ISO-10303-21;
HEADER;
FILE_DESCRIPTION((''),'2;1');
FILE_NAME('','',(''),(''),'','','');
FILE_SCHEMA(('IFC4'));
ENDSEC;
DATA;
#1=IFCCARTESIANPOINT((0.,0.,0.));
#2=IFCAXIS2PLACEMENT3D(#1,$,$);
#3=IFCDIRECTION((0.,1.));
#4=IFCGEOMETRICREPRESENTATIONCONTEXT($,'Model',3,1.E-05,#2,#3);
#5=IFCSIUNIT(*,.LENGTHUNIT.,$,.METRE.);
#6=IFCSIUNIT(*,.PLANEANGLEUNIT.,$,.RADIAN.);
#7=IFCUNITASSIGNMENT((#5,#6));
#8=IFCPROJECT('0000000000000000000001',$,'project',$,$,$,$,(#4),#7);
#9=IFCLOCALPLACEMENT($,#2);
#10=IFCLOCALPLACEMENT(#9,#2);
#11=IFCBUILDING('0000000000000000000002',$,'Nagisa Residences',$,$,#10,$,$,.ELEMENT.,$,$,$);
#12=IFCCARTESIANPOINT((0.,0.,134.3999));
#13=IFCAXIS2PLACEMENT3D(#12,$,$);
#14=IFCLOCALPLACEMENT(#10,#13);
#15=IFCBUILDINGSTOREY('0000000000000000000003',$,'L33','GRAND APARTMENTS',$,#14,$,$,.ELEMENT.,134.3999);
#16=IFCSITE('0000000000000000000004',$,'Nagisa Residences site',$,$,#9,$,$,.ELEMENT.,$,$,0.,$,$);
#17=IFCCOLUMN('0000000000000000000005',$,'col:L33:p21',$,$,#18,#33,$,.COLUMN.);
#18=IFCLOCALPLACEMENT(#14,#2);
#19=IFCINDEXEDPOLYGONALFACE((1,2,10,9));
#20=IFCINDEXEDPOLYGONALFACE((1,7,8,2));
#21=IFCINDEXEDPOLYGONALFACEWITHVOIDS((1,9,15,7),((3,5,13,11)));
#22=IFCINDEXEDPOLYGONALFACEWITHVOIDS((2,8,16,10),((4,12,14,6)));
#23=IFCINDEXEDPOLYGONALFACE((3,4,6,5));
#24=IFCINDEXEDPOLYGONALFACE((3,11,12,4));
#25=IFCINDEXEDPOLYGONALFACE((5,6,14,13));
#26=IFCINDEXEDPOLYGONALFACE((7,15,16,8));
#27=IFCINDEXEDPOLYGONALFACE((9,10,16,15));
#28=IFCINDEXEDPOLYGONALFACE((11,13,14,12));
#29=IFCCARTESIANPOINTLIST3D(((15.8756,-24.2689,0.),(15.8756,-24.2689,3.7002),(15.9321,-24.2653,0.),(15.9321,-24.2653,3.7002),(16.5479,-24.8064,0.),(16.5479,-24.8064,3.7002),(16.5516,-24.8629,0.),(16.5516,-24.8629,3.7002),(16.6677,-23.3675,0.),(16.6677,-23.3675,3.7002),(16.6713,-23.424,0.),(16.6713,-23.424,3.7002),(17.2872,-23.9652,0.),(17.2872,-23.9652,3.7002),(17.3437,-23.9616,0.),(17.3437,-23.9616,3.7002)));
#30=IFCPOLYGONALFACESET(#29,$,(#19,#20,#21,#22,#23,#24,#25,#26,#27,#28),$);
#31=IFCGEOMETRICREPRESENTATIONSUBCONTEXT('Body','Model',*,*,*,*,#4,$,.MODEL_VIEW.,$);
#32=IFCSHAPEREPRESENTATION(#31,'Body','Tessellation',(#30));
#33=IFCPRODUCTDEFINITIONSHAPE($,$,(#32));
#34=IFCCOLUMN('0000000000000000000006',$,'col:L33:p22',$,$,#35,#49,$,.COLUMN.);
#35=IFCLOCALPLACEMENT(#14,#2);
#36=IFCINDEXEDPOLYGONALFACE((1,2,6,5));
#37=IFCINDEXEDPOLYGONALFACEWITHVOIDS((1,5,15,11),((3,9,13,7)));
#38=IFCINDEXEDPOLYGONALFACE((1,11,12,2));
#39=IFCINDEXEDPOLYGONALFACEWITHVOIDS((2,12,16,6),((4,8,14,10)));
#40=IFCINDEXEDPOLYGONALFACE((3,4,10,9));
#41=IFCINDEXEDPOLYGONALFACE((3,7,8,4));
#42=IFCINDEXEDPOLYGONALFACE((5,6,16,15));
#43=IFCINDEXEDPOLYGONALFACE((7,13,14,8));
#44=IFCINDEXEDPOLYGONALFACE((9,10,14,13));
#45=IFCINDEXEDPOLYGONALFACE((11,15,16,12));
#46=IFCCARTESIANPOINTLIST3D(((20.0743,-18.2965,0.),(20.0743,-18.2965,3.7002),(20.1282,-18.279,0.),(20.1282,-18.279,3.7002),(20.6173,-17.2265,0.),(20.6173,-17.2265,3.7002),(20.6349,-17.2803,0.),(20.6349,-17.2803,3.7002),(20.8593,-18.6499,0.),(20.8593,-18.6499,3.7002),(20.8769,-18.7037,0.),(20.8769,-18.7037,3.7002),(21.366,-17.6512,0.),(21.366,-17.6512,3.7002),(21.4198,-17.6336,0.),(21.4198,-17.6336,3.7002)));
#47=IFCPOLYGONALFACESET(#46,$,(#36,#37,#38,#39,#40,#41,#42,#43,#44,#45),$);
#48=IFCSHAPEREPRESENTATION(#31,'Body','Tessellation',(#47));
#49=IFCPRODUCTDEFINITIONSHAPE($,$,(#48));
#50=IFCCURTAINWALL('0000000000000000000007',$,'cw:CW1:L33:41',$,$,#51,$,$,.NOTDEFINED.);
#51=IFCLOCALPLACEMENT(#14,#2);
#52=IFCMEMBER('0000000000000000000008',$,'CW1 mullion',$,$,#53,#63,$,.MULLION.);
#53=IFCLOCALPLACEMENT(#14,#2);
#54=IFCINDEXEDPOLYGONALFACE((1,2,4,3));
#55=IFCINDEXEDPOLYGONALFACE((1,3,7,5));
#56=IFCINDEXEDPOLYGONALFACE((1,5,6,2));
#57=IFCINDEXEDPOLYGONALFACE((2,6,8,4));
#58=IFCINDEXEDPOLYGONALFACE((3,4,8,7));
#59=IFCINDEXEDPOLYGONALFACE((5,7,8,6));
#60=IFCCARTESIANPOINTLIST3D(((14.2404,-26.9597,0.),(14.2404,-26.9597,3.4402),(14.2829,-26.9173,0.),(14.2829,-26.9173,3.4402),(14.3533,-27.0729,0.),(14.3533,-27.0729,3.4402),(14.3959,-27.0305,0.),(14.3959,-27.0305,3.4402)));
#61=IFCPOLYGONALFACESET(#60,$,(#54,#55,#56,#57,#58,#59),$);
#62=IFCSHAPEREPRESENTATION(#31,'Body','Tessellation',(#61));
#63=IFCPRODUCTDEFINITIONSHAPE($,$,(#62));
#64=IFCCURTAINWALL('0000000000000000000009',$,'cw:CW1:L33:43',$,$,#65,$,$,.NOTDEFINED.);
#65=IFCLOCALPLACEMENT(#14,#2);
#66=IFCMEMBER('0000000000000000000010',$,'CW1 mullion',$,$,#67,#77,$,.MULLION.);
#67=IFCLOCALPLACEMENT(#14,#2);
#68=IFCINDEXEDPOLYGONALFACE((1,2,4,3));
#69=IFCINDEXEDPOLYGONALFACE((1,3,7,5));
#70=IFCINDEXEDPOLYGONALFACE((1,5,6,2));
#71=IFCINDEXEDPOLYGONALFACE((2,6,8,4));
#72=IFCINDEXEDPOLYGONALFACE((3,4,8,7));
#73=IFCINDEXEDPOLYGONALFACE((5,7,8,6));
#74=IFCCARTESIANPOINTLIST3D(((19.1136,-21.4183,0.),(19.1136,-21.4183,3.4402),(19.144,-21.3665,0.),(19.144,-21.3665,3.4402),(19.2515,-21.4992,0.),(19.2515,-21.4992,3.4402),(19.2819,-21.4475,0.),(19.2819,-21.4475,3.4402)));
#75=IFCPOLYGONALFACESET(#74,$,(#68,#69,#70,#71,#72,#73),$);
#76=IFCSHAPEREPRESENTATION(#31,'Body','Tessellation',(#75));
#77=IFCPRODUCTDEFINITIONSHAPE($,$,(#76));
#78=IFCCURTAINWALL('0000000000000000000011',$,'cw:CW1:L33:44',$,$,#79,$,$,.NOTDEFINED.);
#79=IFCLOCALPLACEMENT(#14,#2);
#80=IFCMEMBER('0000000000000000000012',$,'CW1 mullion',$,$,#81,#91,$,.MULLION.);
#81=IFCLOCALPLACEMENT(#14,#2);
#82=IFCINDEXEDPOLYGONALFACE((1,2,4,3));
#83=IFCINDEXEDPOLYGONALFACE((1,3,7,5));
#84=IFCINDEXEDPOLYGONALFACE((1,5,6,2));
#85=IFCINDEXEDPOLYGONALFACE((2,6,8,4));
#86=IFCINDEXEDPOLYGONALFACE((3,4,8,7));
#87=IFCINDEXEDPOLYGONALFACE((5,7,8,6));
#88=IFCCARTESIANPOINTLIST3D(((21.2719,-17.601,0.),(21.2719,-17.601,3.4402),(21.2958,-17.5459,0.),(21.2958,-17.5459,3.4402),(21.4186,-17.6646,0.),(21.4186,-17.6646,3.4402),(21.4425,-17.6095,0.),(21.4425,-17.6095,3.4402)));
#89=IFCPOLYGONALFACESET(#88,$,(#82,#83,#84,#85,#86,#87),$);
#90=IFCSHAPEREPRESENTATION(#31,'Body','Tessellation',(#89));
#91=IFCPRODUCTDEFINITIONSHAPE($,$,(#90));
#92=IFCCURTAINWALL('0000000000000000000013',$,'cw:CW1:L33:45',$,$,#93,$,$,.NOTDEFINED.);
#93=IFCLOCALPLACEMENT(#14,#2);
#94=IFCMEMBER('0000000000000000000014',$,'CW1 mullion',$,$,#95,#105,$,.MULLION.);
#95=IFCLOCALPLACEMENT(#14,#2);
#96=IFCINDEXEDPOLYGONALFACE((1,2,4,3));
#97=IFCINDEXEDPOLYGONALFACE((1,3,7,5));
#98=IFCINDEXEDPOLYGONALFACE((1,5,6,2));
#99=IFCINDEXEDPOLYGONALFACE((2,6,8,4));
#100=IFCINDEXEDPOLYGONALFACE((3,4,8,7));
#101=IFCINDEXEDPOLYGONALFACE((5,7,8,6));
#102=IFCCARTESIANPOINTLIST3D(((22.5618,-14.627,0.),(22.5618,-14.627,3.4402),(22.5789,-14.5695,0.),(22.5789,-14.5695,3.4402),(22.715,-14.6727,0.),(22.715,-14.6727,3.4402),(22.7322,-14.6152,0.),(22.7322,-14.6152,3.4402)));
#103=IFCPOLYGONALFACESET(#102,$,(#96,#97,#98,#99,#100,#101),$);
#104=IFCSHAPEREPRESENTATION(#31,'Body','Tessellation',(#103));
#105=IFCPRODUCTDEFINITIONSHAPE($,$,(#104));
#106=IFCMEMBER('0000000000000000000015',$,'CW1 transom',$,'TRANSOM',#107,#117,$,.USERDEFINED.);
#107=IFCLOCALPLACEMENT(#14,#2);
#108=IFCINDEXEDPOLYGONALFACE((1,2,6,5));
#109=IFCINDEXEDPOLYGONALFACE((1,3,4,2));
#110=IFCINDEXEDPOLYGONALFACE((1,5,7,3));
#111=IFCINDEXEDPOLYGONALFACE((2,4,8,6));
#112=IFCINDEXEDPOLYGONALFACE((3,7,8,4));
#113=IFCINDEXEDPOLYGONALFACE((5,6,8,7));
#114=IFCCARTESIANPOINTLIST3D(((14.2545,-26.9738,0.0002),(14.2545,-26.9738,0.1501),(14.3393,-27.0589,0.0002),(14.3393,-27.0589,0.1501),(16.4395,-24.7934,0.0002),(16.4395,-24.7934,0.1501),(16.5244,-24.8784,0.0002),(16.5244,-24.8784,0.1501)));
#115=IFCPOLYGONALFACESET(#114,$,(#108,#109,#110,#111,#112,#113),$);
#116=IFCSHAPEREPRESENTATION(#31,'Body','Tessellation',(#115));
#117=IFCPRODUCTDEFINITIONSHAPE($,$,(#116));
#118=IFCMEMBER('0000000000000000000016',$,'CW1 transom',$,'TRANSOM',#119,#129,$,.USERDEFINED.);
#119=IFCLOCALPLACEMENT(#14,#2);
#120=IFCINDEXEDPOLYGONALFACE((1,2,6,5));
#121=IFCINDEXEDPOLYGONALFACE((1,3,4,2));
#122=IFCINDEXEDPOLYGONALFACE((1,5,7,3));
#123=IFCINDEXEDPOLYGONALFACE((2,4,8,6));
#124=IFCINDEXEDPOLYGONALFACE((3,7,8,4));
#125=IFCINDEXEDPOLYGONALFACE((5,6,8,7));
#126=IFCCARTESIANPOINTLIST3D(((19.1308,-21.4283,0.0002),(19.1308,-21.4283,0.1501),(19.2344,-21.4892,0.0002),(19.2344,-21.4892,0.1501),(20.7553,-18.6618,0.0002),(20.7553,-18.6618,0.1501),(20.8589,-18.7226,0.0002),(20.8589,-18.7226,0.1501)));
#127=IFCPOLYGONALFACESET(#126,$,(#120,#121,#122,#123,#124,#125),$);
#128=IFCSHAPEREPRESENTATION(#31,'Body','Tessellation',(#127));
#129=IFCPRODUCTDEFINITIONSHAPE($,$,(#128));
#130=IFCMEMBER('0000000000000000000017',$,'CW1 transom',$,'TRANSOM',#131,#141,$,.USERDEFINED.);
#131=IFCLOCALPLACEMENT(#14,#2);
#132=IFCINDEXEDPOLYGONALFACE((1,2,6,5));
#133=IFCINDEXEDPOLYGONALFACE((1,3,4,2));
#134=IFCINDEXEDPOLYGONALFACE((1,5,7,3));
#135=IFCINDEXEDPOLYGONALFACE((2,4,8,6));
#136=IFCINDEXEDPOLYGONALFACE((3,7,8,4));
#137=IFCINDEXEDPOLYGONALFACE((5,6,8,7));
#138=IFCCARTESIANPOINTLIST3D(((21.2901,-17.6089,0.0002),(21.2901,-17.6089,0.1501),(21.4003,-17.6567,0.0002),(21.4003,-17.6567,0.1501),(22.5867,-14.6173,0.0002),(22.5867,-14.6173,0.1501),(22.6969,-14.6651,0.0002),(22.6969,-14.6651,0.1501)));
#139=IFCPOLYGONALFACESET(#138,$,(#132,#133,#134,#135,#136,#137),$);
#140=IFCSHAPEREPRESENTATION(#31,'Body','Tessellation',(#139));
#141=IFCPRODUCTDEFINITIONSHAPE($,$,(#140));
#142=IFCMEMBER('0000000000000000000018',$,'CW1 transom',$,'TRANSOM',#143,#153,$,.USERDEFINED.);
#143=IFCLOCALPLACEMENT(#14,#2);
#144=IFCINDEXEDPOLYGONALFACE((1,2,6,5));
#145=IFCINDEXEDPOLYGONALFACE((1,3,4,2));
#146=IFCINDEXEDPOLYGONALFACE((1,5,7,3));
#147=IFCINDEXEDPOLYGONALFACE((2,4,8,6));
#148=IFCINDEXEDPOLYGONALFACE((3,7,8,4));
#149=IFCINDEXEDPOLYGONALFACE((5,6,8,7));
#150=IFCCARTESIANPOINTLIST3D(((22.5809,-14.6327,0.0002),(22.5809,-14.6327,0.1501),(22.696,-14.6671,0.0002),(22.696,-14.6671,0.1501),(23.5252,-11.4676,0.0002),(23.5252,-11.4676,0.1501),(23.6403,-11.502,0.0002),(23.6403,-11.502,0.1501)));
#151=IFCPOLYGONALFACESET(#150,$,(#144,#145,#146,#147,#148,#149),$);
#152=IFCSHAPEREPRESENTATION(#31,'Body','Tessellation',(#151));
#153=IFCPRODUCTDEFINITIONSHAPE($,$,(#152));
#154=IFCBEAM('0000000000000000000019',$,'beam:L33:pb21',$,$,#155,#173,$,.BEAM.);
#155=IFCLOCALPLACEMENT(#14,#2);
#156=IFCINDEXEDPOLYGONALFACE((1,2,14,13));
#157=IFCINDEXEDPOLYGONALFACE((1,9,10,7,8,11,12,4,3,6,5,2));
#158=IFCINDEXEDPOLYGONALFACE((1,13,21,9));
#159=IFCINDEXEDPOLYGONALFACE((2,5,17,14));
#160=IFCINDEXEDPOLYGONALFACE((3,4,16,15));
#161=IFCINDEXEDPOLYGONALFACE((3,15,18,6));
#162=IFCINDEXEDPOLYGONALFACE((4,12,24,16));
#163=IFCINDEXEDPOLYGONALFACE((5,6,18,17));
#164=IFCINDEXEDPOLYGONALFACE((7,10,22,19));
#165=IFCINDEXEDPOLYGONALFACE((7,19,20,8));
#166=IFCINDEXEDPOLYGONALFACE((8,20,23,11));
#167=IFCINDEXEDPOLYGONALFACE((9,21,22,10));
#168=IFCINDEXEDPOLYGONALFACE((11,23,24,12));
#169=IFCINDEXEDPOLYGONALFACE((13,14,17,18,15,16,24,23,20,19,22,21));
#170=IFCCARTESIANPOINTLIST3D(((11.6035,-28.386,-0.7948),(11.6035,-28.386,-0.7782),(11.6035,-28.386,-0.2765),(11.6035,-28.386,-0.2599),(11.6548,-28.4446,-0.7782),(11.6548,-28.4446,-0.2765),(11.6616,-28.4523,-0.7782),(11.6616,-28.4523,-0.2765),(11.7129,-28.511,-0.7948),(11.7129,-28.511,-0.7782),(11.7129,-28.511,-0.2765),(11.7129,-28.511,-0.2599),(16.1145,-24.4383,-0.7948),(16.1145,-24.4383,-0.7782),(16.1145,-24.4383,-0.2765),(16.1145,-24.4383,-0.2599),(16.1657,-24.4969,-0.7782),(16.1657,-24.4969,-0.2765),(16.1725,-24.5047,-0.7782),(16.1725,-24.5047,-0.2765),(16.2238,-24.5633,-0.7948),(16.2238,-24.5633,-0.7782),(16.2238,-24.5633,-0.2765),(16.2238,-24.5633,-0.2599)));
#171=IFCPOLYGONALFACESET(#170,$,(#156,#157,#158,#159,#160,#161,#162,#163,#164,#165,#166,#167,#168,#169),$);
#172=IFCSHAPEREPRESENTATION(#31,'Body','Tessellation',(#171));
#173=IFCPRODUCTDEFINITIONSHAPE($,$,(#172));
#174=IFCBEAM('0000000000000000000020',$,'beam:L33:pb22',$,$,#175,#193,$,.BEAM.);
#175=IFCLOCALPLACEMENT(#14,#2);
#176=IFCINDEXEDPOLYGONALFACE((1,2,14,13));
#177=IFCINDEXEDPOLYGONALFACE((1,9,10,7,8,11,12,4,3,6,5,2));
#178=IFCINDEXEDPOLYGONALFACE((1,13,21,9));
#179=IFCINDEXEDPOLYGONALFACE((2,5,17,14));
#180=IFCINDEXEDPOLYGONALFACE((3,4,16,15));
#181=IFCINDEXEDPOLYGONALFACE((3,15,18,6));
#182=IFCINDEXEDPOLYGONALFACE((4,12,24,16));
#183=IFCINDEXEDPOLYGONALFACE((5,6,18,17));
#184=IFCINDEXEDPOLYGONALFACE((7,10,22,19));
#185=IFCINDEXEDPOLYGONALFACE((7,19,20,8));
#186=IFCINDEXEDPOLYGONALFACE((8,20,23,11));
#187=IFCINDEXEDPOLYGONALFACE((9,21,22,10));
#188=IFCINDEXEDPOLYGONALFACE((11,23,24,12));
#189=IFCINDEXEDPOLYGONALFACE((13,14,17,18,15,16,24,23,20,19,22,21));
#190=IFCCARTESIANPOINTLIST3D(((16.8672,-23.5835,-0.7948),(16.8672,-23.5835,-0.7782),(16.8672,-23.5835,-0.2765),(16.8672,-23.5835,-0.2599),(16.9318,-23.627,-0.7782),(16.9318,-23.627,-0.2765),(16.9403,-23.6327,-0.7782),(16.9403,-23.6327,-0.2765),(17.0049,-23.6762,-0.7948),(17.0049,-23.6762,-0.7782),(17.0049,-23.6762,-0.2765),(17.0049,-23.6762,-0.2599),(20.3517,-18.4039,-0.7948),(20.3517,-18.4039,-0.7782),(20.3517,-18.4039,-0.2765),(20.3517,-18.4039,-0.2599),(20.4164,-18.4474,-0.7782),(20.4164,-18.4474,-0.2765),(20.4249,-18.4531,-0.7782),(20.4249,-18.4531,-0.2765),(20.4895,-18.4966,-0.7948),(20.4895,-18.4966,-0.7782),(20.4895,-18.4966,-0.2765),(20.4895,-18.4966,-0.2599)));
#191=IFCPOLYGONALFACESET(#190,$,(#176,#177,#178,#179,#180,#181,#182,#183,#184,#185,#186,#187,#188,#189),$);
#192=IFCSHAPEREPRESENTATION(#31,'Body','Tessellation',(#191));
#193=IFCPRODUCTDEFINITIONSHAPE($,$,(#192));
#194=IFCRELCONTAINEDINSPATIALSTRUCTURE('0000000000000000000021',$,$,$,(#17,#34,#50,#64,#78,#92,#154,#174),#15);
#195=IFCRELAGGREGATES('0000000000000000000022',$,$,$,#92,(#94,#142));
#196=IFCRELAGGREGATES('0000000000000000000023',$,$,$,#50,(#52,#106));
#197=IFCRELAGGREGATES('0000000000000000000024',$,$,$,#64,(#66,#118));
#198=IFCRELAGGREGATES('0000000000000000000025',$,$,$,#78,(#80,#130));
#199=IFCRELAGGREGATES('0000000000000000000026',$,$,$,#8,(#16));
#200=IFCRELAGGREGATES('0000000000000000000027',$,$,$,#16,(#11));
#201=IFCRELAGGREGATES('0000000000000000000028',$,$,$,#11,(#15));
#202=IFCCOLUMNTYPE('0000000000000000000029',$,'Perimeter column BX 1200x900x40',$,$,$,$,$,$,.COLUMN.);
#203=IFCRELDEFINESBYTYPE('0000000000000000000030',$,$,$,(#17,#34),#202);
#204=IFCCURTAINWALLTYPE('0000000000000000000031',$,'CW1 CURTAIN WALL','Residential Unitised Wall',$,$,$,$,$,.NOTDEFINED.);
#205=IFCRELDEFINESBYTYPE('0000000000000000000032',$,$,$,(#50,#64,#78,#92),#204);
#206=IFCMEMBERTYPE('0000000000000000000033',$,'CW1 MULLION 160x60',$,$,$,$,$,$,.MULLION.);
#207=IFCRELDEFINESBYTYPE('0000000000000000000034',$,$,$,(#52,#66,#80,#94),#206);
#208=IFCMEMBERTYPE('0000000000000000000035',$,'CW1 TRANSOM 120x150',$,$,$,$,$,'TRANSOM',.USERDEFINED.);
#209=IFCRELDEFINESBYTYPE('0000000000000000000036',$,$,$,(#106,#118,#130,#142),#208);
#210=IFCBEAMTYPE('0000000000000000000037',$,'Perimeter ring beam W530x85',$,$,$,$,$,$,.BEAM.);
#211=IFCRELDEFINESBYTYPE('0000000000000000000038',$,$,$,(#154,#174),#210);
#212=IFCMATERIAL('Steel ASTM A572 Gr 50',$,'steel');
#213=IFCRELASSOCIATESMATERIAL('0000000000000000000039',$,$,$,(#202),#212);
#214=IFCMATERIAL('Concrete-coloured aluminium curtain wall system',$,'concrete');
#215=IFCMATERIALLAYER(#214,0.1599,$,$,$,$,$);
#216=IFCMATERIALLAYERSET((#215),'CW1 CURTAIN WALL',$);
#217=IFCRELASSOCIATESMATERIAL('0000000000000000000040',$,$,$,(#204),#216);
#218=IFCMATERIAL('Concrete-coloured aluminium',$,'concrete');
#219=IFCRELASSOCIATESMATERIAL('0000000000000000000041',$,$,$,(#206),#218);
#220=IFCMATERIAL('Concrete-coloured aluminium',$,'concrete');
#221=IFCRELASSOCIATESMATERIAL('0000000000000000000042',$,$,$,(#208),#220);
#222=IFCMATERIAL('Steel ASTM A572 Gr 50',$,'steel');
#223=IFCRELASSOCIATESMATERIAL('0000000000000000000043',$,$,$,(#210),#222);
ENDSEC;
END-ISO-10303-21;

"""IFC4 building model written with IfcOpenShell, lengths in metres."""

from ifc_helpers import new_model, si_unit, direction, frame, origin, origin_2d, place, context, subcontext, project, spatial, rectangle, hollow_rectangle, i_section, extrude, material, layer, layer_set, material_profile, profile_set, type_object, element, aggregate, save


model = new_model("IFC4")

# Units and contexts
model_context = context("Model", 3, precision=1e-05, world=origin(), true_north=direction((0.0, 1.0)))
body_context = subcontext(model_context, "Body", "Model", "MODEL_VIEW")
ifc_project = project(units=[si_unit("LENGTHUNIT", "METRE"), si_unit("PLANEANGLEUNIT", "RADIAN")], contexts=[model_context])

# Site, building, storey
site_placement = place(None, origin())
site = spatial("IfcSite", under=ifc_project, at=site_placement, Name="Nagisa Residences site", CompositionType="ELEMENT", RefElevation=0.0)
building_placement = place(site_placement, origin())
building = spatial("IfcBuilding", under=site, at=building_placement, Name="Nagisa Residences", CompositionType="ELEMENT")
storey_placement = place(building_placement, frame((0.0, 0.0, 134.3999)))
storey = spatial("IfcBuildingStorey", under=building, at=storey_placement, Name="L33", Description="GRAND APARTMENTS", CompositionType="ELEMENT", Elevation=134.3999)

# Columns
ifc_material_1 = material(Name="Steel ASTM A572 Gr 50", Category="steel")
ifc_material_profile_1 = material_profile(ifc_material_1, hollow_rectangle(XDim=1.2, YDim=0.8999, WallThickness=0.04, at=origin_2d()), Name="BX 1200x900x40")
ifc_profile_set_1 = profile_set([ifc_material_profile_1], Name="Steel ASTM A572 Gr 50")
column_type = type_object("IfcColumnType", Name="Perimeter column BX 1200x900x40", PredefinedType="COLUMN", material=ifc_profile_set_1)
for number, where, z_axis, x_axis, name in (
    (1, (16.6096, -24.1152, 0.0), (0.0, 0.0, 1.0), (0.660115, 0.751165, 0.0), "col:L33:p21"),
    (2, (20.7471, -17.9651, 0.0), (0.0, 0.0, 1.0), (0.452463, 0.891783, 0.0), "col:L33:p22"),
):
    element("IfcColumn", number, at=place(storey_placement, frame(where, z_axis=z_axis, x_axis=x_axis)), inside=storey, type_object=column_type, Name=name, PredefinedType="COLUMN", context=body_context, shape_type="SweptSolid", body=[
        extrude(hollow_rectangle(XDim=1.2, YDim=0.8999, WallThickness=0.04, at=origin_2d()), origin(), (0.0, 0.0, 1.0), 3.7002),
    ])

# Curtain walls, members
ifc_material_2 = material(Name="Concrete-coloured aluminium curtain wall system", Category="concrete")
ifc_layer_1 = layer(ifc_material_2, 0.1599)
ifc_layer_set_1 = layer_set([ifc_layer_1], Name="CW1 CURTAIN WALL")
curtain_wall_type = type_object("IfcCurtainWallType", Name="CW1 CURTAIN WALL", Description="Residential Unitised Wall", PredefinedType="NOTDEFINED", material=ifc_layer_set_1)
curtain_wall_1_placement = place(storey_placement, origin())
curtain_wall_1 = element("IfcCurtainWall", 3, at=curtain_wall_1_placement, inside=storey, type_object=curtain_wall_type, Name="cw:CW1:L33:41", PredefinedType="NOTDEFINED")
ifc_material_3 = material(Name="Concrete-coloured aluminium", Category="concrete")
ifc_material_profile_2 = material_profile(ifc_material_3, rectangle(XDim=0.1599, YDim=0.0601, at=origin_2d()), Name="CW1 MULLION 160x60")
ifc_profile_set_2 = profile_set([ifc_material_profile_2], Name="Concrete-coloured aluminium")
member_type_1 = type_object("IfcMemberType", Name="CW1 MULLION 160x60", PredefinedType="MULLION", material=ifc_profile_set_2)
member_1_placement = place(storey_placement, frame((14.3181, -26.9951, 0.0), z_axis=(0.0, 0.0, 1.0), x_axis=(-0.706377, 0.707836, 0.0)))
member_1 = element("IfcMember", 4, at=member_1_placement, type_object=member_type_1, Name="CW1 mullion", PredefinedType="MULLION", context=body_context, shape_type="SweptSolid", body=[
    extrude(rectangle(XDim=0.1599, YDim=0.0601, at=origin_2d()), origin(), (0.0, 0.0, 1.0), 3.4402),
])
curtain_wall_2_placement = place(storey_placement, origin())
curtain_wall_2 = element("IfcCurtainWall", 5, at=curtain_wall_2_placement, inside=storey, type_object=curtain_wall_type, Name="cw:CW1:L33:43", PredefinedType="NOTDEFINED")
member_2_placement = place(storey_placement, frame((19.1978, -21.4329, 0.0), z_axis=(0.0, 0.0, 1.0), x_axis=(-0.862329, 0.506349, 0.0)))
member_2 = element("IfcMember", 6, at=member_2_placement, type_object=member_type_1, Name="CW1 mullion", PredefinedType="MULLION", context=body_context, shape_type="SweptSolid", body=[
    extrude(rectangle(XDim=0.1599, YDim=0.0601, at=origin_2d()), origin(), (0.0, 0.0, 1.0), 3.4402),
])
curtain_wall_3_placement = place(storey_placement, origin())
curtain_wall_3 = element("IfcCurtainWall", 7, at=curtain_wall_3_placement, inside=storey, type_object=curtain_wall_type, Name="cw:CW1:L33:44", PredefinedType="NOTDEFINED")
member_3_placement = place(storey_placement, frame((21.3572, -17.6052, 0.0), z_axis=(0.0, 0.0, 1.0), x_axis=(-0.917543, 0.397636, 0.0)))
member_3 = element("IfcMember", 8, at=member_3_placement, type_object=member_type_1, Name="CW1 mullion", PredefinedType="MULLION", context=body_context, shape_type="SweptSolid", body=[
    extrude(rectangle(XDim=0.1599, YDim=0.0601, at=origin_2d()), origin(), (0.0, 0.0, 1.0), 3.4402),
])
curtain_wall_4_placement = place(storey_placement, origin())
curtain_wall_4 = element("IfcCurtainWall", 9, at=curtain_wall_4_placement, inside=storey, type_object=curtain_wall_type, Name="cw:CW1:L33:45", PredefinedType="NOTDEFINED")
member_4_placement = place(storey_placement, frame((22.647, -14.6211, 0.0), z_axis=(0.0, 0.0, 1.0), x_axis=(-0.958271, 0.28586, 0.0)))
member_4 = element("IfcMember", 10, at=member_4_placement, type_object=member_type_1, Name="CW1 mullion", PredefinedType="MULLION", context=body_context, shape_type="SweptSolid", body=[
    extrude(rectangle(XDim=0.1599, YDim=0.0601, at=origin_2d()), origin(), (0.0, 0.0, 1.0), 3.4402),
])

# Members
ifc_material_4 = material(Name="Concrete-coloured aluminium", Category="concrete")
ifc_material_profile_3 = material_profile(ifc_material_4, rectangle(XDim=0.1201, YDim=0.1499, at=origin_2d()), Name="CW1 TRANSOM 120x150")
ifc_profile_set_3 = profile_set([ifc_material_profile_3], Name="Concrete-coloured aluminium")
member_type_2 = type_object("IfcMemberType", Name="CW1 TRANSOM 120x150", ElementType="TRANSOM", PredefinedType="USERDEFINED", material=ifc_profile_set_3)
member_5_placement = place(storey_placement, frame((14.2969, -27.0164, 0.0752), z_axis=(0.707858, 0.706355, 0.0), x_axis=(-0.706355, 0.707858, 0.0)))
member_5 = element("IfcMember", 11, at=member_5_placement, type_object=member_type_2, Name="CW1 transom", ObjectType="TRANSOM", PredefinedType="USERDEFINED", context=body_context, shape_type="SweptSolid", body=[
    extrude(rectangle(XDim=0.1201, YDim=0.1499, at=origin_2d()), origin(), (0.0, 0.0, 1.0), 3.0869),
])
member_6_placement = place(storey_placement, frame((19.1826, -21.4587, 0.0752), z_axis=(0.506348, 0.862329, 0.0), x_axis=(-0.862329, 0.506348, 0.0)))
member_6 = element("IfcMember", 12, at=member_6_placement, type_object=member_type_2, Name="CW1 transom", ObjectType="TRANSOM", PredefinedType="USERDEFINED", context=body_context, shape_type="SweptSolid", body=[
    extrude(rectangle(XDim=0.1201, YDim=0.1499, at=origin_2d()), origin(), (0.0, 0.0, 1.0), 3.2083),
])
member_7_placement = place(storey_placement, frame((21.3452, -17.6328, 0.0752), z_axis=(0.397666, 0.91753, 0.0), x_axis=(-0.91753, 0.397666, 0.0)))
member_7 = element("IfcMember", 13, at=member_7_placement, type_object=member_type_2, Name="CW1 transom", ObjectType="TRANSOM", PredefinedType="USERDEFINED", context=body_context, shape_type="SweptSolid", body=[
    extrude(rectangle(XDim=0.1201, YDim=0.1499, at=origin_2d()), origin(), (0.0, 0.0, 1.0), 3.2605),
])
member_8_placement = place(storey_placement, frame((22.6384, -14.6499, 0.0752), z_axis=(0.28591, 0.958257, 0.0), x_axis=(-0.958257, 0.28591, 0.0)))
member_8 = element("IfcMember", 14, at=member_8_placement, type_object=member_type_2, Name="CW1 transom", ObjectType="TRANSOM", PredefinedType="USERDEFINED", context=body_context, shape_type="SweptSolid", body=[
    extrude(rectangle(XDim=0.1201, YDim=0.1499, at=origin_2d()), origin(), (0.0, 0.0, 1.0), 3.303),
])
aggregate(curtain_wall_4, [member_4, member_8])

# Beams
ifc_material_5 = material(Name="Steel ASTM A572 Gr 50", Category="steel")
ifc_material_profile_4 = material_profile(ifc_material_5, i_section(OverallWidth=0.166, OverallDepth=0.5349, WebThickness=0.0103, FlangeThickness=0.0166, at=origin_2d()), Name="W530x85")
ifc_profile_set_4 = profile_set([ifc_material_profile_4], Name="Steel ASTM A572 Gr 50")
beam_type_1 = type_object("IfcBeamType", Name="Perimeter ring beam W530x85", PredefinedType="BEAM", material=ifc_profile_set_4)
beam_1_placement = place(storey_placement, frame((11.6582, -28.4485, -0.5273), z_axis=(0.752524, 0.658565, 0.0), x_axis=(-0.658565, 0.752524, 0.0)))
element("IfcBeam", 15, at=beam_1_placement, inside=storey, type_object=beam_type_1, Name="beam:L33:pb21", PredefinedType="BEAM", context=body_context, shape_type="SweptSolid", body=[
    extrude(i_section(OverallWidth=0.166, OverallDepth=0.5349, WebThickness=0.0103, FlangeThickness=0.0166, at=origin_2d()), origin(), (0.0, 0.0, 1.0), 5.9944),
])
beam_2_placement = place(storey_placement, frame((16.936, -23.6299, -0.5273), z_axis=(0.558188, 0.829715, 0.0), x_axis=(-0.829715, 0.558188, 0.0)))
element("IfcBeam", 16, at=beam_2_placement, inside=storey, type_object=beam_type_1, Name="beam:L33:pb22", PredefinedType="BEAM", context=body_context, shape_type="SweptSolid", body=[
    extrude(i_section(OverallWidth=0.166, OverallDepth=0.5349, WebThickness=0.0103, FlangeThickness=0.0166, at=origin_2d()), origin(), (0.0, 0.0, 1.0), 6.2427),
])

aggregate(curtain_wall_1, [member_1, member_5])
aggregate(curtain_wall_2, [member_2, member_6])
aggregate(curtain_wall_3, [member_3, member_7])

save(model, "model.ifc")
